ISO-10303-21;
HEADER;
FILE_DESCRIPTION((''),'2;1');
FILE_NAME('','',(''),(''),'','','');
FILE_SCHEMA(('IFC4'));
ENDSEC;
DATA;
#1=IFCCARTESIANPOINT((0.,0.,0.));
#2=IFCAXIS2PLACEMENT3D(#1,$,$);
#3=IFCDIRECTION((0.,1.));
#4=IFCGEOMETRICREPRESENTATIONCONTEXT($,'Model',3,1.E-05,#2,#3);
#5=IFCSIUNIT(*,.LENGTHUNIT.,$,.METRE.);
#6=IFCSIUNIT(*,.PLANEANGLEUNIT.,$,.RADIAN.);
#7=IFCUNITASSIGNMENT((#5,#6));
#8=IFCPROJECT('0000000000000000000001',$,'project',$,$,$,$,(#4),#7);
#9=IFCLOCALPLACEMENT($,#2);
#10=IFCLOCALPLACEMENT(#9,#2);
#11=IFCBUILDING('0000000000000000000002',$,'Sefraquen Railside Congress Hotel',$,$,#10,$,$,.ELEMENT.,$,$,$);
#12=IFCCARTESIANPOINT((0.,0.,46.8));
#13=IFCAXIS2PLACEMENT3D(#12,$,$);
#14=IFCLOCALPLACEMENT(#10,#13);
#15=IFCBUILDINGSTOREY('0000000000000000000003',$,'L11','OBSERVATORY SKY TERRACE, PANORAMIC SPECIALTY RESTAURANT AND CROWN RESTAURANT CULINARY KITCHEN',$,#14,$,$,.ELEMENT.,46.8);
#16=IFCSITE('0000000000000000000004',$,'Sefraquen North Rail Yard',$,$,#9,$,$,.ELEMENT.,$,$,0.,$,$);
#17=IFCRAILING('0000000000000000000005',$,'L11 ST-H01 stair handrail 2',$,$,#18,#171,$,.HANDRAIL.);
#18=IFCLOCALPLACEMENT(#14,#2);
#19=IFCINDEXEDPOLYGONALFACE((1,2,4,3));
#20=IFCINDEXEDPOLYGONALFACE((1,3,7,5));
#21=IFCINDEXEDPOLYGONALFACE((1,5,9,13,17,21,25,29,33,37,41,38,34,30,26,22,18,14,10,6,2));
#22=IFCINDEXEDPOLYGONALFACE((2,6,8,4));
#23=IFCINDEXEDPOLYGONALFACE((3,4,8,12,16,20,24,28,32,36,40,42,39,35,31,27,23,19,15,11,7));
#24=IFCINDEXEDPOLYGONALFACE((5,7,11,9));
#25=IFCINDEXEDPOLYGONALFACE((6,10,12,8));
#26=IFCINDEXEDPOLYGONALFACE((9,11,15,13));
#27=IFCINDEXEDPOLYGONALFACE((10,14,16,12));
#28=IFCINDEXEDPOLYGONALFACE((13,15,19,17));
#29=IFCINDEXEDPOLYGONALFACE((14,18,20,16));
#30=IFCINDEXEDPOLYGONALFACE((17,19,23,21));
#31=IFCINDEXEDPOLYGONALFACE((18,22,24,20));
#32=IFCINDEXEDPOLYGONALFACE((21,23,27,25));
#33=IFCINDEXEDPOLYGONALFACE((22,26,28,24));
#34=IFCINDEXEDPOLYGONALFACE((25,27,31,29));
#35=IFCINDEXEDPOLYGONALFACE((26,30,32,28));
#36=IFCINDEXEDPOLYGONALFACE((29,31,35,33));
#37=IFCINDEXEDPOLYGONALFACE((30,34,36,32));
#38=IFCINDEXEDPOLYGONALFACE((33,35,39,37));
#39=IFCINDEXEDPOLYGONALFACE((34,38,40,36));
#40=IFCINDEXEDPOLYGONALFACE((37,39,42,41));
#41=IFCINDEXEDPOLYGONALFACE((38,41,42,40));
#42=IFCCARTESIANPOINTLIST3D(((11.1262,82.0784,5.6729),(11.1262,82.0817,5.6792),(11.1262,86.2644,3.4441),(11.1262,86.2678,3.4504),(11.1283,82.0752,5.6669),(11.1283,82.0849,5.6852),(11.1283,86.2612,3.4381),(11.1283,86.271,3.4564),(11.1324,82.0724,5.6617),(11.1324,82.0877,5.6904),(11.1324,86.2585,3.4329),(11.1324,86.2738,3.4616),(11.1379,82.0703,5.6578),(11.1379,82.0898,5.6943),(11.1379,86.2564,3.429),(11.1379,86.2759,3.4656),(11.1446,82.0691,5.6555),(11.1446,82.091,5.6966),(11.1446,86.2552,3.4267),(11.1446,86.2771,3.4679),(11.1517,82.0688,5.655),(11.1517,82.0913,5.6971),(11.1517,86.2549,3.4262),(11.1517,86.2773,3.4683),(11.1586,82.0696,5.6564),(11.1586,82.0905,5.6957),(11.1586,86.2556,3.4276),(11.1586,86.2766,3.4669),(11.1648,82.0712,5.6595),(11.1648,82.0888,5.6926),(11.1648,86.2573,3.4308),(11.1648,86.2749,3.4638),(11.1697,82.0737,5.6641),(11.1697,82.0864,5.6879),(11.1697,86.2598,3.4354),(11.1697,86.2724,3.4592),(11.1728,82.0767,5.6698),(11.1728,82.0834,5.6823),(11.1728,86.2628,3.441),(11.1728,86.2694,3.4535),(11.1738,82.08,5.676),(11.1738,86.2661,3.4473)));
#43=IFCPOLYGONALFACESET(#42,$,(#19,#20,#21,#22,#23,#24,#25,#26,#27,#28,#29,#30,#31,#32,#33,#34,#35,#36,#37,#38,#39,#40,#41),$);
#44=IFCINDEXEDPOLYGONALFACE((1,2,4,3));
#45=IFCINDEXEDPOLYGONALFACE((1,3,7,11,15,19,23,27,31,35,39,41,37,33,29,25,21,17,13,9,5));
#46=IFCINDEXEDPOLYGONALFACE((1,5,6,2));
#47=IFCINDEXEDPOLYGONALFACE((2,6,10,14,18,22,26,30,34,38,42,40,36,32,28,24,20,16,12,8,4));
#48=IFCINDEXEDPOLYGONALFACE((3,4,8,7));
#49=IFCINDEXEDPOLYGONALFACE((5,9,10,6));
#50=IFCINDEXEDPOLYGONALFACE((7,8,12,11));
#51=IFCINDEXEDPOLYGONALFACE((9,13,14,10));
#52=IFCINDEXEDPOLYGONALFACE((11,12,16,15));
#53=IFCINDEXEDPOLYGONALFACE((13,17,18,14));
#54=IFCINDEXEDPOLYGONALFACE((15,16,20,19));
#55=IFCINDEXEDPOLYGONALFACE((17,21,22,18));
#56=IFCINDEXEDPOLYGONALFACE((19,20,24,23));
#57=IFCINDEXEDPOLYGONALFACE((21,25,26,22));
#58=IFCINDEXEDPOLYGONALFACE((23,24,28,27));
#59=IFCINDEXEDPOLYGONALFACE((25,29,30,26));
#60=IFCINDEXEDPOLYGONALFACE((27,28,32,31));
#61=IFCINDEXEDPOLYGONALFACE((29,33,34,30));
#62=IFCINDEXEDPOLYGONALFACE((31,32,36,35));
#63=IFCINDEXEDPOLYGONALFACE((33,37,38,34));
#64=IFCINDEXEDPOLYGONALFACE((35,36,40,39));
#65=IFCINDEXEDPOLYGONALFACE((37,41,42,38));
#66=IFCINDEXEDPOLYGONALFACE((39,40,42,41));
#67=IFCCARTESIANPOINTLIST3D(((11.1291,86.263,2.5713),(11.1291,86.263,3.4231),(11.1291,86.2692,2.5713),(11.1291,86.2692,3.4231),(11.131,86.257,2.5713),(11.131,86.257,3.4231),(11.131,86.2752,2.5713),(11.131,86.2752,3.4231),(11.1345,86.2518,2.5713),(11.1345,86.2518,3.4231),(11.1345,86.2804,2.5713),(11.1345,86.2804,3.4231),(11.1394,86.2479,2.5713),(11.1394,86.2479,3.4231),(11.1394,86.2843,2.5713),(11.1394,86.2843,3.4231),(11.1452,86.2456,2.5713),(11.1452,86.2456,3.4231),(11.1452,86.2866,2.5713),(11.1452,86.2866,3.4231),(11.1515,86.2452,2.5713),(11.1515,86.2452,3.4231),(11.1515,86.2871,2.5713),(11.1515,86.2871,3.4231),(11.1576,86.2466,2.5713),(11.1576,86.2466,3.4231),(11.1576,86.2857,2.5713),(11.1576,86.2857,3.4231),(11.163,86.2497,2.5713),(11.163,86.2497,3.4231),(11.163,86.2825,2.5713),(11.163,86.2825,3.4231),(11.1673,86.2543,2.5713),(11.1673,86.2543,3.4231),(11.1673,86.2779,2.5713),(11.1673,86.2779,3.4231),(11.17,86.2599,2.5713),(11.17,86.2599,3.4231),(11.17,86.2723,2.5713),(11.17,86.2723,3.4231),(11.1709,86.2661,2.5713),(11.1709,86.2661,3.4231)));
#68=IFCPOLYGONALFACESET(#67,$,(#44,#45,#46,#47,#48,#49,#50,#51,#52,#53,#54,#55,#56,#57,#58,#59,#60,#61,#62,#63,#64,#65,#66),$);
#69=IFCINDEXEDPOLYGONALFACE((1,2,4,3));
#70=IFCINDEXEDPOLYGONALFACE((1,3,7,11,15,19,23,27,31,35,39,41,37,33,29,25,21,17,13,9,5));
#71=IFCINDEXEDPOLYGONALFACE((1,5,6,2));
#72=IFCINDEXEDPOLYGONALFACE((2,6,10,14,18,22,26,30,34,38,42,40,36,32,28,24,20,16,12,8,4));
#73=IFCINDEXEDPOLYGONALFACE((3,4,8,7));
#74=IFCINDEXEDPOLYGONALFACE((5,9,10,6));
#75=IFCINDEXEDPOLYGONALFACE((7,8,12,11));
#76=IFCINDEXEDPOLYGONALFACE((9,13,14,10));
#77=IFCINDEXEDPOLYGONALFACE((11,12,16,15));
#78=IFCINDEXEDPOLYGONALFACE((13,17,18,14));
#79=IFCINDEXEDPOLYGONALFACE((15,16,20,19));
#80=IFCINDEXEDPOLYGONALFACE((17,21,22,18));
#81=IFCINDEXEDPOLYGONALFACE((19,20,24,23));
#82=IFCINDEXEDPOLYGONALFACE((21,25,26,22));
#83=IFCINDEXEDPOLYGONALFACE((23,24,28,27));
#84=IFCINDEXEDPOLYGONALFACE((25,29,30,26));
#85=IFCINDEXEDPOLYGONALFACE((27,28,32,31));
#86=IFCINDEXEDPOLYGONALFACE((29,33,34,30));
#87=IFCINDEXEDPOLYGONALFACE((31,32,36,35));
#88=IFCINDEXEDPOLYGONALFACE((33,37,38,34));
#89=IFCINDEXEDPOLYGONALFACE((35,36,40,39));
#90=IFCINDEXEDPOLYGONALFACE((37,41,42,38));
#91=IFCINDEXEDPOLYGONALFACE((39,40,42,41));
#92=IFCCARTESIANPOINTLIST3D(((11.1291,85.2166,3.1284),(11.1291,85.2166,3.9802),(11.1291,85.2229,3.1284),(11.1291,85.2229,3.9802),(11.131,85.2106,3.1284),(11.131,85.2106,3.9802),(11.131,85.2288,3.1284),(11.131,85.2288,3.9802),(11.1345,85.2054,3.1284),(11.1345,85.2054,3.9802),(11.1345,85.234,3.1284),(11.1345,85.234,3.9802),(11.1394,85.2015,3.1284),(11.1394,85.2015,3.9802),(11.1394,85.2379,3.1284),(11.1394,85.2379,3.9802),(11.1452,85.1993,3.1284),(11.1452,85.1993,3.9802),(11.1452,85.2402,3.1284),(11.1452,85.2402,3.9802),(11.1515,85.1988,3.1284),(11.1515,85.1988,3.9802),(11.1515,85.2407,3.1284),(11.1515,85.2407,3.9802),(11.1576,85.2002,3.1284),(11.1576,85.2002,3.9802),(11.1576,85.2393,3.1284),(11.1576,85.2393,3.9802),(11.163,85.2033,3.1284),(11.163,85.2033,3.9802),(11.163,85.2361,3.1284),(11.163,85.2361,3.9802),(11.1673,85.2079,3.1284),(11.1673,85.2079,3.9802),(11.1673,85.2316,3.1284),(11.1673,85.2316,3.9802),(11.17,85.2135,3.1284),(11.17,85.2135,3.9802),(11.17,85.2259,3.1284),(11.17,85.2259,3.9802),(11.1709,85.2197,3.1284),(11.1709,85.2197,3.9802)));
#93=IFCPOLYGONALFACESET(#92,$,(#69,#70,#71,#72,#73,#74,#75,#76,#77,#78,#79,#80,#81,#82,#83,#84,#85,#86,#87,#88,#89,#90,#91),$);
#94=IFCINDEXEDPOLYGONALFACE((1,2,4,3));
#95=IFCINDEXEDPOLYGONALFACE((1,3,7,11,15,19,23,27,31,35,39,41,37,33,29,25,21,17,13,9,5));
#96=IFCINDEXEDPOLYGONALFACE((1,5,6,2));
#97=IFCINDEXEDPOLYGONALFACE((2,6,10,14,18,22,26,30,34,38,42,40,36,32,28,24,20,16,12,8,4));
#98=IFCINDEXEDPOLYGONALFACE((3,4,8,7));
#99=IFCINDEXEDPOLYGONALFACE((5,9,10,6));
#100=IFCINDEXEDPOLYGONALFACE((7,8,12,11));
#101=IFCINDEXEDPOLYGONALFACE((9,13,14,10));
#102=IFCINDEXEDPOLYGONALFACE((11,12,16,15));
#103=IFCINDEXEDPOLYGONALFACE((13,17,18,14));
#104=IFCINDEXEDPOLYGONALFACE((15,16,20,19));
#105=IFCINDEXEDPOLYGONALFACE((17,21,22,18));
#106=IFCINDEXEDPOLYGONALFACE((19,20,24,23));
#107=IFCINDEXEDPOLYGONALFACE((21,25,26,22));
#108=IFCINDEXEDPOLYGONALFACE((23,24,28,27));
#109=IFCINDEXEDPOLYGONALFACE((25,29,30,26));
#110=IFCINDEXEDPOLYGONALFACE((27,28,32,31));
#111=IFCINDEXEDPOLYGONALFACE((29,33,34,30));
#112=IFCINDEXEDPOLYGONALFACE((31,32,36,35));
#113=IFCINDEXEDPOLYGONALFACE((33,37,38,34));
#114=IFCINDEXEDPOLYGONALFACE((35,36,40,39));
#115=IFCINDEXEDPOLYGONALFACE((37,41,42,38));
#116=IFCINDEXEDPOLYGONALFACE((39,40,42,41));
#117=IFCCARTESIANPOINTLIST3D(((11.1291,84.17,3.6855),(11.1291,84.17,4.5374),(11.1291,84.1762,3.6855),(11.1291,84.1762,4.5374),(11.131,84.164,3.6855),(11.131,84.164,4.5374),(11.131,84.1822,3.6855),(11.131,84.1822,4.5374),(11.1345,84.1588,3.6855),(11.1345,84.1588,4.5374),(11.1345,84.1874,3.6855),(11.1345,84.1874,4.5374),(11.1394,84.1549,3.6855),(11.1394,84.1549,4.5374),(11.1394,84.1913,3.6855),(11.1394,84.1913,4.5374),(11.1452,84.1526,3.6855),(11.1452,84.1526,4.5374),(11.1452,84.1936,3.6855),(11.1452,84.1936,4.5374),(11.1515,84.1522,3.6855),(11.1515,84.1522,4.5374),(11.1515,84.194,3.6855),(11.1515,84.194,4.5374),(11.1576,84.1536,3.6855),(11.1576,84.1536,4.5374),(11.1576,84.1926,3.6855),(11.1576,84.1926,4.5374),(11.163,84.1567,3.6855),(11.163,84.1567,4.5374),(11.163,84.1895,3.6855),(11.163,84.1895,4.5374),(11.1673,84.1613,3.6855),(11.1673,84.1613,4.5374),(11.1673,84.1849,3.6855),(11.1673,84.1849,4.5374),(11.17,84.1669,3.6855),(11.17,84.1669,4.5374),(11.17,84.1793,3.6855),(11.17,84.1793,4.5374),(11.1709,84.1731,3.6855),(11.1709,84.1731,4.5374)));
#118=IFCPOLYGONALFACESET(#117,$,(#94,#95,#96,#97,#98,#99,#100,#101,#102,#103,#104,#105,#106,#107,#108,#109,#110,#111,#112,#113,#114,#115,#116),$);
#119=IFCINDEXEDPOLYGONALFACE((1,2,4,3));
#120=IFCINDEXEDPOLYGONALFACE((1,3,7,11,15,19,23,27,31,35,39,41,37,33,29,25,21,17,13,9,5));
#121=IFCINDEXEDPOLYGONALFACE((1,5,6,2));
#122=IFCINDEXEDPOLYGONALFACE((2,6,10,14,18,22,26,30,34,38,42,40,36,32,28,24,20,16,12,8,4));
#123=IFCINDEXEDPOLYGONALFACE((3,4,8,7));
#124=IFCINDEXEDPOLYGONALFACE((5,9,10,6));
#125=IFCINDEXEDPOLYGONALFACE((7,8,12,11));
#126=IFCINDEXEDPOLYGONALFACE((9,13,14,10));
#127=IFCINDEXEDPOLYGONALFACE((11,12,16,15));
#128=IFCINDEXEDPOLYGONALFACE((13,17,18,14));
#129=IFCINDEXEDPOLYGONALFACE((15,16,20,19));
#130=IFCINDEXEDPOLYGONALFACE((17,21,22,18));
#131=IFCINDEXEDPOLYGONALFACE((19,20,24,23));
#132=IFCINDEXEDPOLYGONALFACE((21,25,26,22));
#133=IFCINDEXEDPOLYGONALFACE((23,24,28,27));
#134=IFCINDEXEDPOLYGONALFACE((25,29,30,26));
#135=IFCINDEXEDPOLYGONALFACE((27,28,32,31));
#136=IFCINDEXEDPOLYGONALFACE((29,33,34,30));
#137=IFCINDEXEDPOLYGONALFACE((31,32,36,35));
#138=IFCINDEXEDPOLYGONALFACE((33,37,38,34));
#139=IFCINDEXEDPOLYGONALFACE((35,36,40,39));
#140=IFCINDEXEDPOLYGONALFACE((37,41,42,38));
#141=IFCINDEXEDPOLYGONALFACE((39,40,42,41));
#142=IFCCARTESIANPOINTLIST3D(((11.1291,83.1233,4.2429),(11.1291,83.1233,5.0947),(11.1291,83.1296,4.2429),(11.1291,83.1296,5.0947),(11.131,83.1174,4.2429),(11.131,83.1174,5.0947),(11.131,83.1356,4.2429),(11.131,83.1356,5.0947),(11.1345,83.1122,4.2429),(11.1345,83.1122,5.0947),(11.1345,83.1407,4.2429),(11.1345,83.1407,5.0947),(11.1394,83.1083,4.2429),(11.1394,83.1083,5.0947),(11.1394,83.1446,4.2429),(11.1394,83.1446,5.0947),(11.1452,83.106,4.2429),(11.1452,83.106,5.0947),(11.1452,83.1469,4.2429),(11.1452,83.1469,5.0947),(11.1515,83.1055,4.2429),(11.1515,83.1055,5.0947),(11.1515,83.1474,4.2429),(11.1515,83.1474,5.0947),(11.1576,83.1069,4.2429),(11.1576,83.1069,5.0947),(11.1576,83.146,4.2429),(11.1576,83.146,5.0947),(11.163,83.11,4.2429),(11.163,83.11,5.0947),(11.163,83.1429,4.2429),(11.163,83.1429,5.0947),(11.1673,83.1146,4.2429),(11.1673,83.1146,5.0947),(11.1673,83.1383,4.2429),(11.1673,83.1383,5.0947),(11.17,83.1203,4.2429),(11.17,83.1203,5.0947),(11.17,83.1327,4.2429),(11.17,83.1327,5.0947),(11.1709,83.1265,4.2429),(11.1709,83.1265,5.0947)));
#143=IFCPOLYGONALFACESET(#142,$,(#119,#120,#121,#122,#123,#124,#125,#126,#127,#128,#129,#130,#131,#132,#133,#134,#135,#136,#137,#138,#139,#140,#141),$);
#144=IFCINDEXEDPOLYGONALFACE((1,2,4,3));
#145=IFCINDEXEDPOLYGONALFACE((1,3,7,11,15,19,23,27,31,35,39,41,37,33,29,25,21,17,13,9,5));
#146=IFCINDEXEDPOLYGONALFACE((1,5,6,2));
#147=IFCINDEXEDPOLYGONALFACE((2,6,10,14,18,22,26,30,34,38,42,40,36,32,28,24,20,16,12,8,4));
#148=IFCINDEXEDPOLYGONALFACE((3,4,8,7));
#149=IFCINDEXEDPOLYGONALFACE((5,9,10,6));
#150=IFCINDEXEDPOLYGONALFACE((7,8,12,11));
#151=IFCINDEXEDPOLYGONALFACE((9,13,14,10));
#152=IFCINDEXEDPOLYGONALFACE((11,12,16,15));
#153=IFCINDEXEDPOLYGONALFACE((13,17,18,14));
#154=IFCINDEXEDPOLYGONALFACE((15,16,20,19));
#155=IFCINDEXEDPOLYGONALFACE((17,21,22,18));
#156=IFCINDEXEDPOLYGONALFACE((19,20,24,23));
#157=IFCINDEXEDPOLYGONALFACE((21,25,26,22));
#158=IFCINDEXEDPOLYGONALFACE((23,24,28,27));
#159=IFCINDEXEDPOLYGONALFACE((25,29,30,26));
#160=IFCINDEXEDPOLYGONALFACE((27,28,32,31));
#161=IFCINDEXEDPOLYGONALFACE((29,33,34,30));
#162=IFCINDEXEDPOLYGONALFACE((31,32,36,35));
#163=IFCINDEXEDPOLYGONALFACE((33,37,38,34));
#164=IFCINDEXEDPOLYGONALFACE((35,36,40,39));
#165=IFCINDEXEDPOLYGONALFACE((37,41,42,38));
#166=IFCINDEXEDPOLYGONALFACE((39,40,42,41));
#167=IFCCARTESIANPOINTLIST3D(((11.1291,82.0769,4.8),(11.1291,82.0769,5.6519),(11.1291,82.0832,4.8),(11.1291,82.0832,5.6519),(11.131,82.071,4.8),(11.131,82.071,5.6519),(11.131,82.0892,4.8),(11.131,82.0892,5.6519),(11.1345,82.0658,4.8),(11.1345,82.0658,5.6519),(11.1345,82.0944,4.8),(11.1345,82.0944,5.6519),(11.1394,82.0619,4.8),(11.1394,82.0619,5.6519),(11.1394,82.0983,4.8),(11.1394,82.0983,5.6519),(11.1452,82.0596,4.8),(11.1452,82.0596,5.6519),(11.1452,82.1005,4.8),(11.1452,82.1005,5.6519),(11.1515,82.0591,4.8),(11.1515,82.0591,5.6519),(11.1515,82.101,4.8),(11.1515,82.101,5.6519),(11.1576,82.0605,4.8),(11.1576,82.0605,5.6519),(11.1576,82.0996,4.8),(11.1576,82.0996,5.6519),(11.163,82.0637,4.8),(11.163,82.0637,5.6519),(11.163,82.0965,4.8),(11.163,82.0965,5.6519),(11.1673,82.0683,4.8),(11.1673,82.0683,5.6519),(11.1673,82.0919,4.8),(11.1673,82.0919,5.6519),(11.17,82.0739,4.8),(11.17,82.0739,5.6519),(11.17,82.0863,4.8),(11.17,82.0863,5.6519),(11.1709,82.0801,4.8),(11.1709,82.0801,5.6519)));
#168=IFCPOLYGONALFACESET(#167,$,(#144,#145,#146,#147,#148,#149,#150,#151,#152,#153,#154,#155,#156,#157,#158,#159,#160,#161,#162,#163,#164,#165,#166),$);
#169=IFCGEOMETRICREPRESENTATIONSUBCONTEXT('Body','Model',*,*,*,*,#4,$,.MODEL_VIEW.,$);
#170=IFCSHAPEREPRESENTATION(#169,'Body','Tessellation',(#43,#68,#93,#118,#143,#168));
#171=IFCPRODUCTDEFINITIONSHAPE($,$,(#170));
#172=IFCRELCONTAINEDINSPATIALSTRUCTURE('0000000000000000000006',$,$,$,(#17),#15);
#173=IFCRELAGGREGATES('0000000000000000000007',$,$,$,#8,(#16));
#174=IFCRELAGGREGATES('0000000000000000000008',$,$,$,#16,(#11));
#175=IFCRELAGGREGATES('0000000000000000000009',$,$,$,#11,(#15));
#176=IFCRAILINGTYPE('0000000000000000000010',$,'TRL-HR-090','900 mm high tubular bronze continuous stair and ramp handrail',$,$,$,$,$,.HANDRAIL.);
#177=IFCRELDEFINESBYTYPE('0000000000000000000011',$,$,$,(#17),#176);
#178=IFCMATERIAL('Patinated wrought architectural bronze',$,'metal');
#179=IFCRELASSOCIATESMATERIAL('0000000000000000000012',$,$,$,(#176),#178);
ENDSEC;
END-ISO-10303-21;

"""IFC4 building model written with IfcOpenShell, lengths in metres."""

from ifc_helpers import new_model, si_unit, direction, frame, origin, origin_2d, place, context, subcontext, project, spatial, circle, extrude, material, type_object, element, save


model = new_model("IFC4")

# Units and contexts
model_context = context("Model", 3, precision=1e-05, world=origin(), true_north=direction((0.0, 1.0)))
body_context = subcontext(model_context, "Body", "Model", "MODEL_VIEW")
ifc_project = project(units=[si_unit("LENGTHUNIT", "METRE"), si_unit("PLANEANGLEUNIT", "RADIAN")], contexts=[model_context])

# Site, building, storey
site_placement = place(None, origin())
site = spatial("IfcSite", under=ifc_project, at=site_placement, Name="Sefraquen North Rail Yard", CompositionType="ELEMENT", RefElevation=0.0)
building_placement = place(site_placement, origin())
building = spatial("IfcBuilding", under=site, at=building_placement, Name="Sefraquen Railside Congress Hotel", CompositionType="ELEMENT")
storey_placement = place(building_placement, frame((0.0, 0.0, 46.8)))
storey = spatial("IfcBuildingStorey", under=building, at=storey_placement, Name="L11", Description="OBSERVATORY SKY TERRACE, PANORAMIC SPECIALTY RESTAURANT AND CROWN RESTAURANT CULINARY KITCHEN", CompositionType="ELEMENT", Elevation=46.8)

# Railing
ifc_material_1 = material(Name="Patinated wrought architectural bronze", Category="metal")
railing_type_1 = type_object("IfcRailingType", Name="TRL-HR-090", Description="900 mm high tubular bronze continuous stair and ramp handrail", PredefinedType="HANDRAIL", material=ifc_material_1)
railing_1_placement = place(storey_placement, frame((11.1499, 86.2661, 2.5713)))
element("IfcRailing", 1, at=railing_1_placement, inside=storey, type_object=railing_type_1, Name="L11 ST-H01 stair handrail 2", PredefinedType="HANDRAIL", context=body_context, shape_type="SweptSolid", body=[
    extrude(circle(Radius=0.0239, at=origin_2d()), frame((0.0, 0.0, 0.876), z_axis=(0.0, -0.882685, 0.469966), x_axis=(1.0, 0.0, 0.0)), (0.0, 0.0, 1.0), 4.7424),
    extrude(circle(Radius=0.021, at=origin_2d()), origin(), (0.0, 0.0, 1.0), 0.8518),
    extrude(circle(Radius=0.021, at=origin_2d()), frame((0.0, -1.0464, 0.5571)), (0.0, 0.0, 1.0), 0.8518),
    extrude(circle(Radius=0.021, at=origin_2d()), frame((0.0, -2.093, 1.1143)), (0.0, 0.0, 1.0), 0.8518),
    extrude(circle(Radius=0.021, at=origin_2d()), frame((0.0, -3.1396, 1.6716)), (0.0, 0.0, 1.0), 0.8518),
    extrude(circle(Radius=0.021, at=origin_2d()), frame((0.0, -4.186, 2.2288)), (0.0, 0.0, 1.0), 0.8518),
])

save(model, "model.ifc")
